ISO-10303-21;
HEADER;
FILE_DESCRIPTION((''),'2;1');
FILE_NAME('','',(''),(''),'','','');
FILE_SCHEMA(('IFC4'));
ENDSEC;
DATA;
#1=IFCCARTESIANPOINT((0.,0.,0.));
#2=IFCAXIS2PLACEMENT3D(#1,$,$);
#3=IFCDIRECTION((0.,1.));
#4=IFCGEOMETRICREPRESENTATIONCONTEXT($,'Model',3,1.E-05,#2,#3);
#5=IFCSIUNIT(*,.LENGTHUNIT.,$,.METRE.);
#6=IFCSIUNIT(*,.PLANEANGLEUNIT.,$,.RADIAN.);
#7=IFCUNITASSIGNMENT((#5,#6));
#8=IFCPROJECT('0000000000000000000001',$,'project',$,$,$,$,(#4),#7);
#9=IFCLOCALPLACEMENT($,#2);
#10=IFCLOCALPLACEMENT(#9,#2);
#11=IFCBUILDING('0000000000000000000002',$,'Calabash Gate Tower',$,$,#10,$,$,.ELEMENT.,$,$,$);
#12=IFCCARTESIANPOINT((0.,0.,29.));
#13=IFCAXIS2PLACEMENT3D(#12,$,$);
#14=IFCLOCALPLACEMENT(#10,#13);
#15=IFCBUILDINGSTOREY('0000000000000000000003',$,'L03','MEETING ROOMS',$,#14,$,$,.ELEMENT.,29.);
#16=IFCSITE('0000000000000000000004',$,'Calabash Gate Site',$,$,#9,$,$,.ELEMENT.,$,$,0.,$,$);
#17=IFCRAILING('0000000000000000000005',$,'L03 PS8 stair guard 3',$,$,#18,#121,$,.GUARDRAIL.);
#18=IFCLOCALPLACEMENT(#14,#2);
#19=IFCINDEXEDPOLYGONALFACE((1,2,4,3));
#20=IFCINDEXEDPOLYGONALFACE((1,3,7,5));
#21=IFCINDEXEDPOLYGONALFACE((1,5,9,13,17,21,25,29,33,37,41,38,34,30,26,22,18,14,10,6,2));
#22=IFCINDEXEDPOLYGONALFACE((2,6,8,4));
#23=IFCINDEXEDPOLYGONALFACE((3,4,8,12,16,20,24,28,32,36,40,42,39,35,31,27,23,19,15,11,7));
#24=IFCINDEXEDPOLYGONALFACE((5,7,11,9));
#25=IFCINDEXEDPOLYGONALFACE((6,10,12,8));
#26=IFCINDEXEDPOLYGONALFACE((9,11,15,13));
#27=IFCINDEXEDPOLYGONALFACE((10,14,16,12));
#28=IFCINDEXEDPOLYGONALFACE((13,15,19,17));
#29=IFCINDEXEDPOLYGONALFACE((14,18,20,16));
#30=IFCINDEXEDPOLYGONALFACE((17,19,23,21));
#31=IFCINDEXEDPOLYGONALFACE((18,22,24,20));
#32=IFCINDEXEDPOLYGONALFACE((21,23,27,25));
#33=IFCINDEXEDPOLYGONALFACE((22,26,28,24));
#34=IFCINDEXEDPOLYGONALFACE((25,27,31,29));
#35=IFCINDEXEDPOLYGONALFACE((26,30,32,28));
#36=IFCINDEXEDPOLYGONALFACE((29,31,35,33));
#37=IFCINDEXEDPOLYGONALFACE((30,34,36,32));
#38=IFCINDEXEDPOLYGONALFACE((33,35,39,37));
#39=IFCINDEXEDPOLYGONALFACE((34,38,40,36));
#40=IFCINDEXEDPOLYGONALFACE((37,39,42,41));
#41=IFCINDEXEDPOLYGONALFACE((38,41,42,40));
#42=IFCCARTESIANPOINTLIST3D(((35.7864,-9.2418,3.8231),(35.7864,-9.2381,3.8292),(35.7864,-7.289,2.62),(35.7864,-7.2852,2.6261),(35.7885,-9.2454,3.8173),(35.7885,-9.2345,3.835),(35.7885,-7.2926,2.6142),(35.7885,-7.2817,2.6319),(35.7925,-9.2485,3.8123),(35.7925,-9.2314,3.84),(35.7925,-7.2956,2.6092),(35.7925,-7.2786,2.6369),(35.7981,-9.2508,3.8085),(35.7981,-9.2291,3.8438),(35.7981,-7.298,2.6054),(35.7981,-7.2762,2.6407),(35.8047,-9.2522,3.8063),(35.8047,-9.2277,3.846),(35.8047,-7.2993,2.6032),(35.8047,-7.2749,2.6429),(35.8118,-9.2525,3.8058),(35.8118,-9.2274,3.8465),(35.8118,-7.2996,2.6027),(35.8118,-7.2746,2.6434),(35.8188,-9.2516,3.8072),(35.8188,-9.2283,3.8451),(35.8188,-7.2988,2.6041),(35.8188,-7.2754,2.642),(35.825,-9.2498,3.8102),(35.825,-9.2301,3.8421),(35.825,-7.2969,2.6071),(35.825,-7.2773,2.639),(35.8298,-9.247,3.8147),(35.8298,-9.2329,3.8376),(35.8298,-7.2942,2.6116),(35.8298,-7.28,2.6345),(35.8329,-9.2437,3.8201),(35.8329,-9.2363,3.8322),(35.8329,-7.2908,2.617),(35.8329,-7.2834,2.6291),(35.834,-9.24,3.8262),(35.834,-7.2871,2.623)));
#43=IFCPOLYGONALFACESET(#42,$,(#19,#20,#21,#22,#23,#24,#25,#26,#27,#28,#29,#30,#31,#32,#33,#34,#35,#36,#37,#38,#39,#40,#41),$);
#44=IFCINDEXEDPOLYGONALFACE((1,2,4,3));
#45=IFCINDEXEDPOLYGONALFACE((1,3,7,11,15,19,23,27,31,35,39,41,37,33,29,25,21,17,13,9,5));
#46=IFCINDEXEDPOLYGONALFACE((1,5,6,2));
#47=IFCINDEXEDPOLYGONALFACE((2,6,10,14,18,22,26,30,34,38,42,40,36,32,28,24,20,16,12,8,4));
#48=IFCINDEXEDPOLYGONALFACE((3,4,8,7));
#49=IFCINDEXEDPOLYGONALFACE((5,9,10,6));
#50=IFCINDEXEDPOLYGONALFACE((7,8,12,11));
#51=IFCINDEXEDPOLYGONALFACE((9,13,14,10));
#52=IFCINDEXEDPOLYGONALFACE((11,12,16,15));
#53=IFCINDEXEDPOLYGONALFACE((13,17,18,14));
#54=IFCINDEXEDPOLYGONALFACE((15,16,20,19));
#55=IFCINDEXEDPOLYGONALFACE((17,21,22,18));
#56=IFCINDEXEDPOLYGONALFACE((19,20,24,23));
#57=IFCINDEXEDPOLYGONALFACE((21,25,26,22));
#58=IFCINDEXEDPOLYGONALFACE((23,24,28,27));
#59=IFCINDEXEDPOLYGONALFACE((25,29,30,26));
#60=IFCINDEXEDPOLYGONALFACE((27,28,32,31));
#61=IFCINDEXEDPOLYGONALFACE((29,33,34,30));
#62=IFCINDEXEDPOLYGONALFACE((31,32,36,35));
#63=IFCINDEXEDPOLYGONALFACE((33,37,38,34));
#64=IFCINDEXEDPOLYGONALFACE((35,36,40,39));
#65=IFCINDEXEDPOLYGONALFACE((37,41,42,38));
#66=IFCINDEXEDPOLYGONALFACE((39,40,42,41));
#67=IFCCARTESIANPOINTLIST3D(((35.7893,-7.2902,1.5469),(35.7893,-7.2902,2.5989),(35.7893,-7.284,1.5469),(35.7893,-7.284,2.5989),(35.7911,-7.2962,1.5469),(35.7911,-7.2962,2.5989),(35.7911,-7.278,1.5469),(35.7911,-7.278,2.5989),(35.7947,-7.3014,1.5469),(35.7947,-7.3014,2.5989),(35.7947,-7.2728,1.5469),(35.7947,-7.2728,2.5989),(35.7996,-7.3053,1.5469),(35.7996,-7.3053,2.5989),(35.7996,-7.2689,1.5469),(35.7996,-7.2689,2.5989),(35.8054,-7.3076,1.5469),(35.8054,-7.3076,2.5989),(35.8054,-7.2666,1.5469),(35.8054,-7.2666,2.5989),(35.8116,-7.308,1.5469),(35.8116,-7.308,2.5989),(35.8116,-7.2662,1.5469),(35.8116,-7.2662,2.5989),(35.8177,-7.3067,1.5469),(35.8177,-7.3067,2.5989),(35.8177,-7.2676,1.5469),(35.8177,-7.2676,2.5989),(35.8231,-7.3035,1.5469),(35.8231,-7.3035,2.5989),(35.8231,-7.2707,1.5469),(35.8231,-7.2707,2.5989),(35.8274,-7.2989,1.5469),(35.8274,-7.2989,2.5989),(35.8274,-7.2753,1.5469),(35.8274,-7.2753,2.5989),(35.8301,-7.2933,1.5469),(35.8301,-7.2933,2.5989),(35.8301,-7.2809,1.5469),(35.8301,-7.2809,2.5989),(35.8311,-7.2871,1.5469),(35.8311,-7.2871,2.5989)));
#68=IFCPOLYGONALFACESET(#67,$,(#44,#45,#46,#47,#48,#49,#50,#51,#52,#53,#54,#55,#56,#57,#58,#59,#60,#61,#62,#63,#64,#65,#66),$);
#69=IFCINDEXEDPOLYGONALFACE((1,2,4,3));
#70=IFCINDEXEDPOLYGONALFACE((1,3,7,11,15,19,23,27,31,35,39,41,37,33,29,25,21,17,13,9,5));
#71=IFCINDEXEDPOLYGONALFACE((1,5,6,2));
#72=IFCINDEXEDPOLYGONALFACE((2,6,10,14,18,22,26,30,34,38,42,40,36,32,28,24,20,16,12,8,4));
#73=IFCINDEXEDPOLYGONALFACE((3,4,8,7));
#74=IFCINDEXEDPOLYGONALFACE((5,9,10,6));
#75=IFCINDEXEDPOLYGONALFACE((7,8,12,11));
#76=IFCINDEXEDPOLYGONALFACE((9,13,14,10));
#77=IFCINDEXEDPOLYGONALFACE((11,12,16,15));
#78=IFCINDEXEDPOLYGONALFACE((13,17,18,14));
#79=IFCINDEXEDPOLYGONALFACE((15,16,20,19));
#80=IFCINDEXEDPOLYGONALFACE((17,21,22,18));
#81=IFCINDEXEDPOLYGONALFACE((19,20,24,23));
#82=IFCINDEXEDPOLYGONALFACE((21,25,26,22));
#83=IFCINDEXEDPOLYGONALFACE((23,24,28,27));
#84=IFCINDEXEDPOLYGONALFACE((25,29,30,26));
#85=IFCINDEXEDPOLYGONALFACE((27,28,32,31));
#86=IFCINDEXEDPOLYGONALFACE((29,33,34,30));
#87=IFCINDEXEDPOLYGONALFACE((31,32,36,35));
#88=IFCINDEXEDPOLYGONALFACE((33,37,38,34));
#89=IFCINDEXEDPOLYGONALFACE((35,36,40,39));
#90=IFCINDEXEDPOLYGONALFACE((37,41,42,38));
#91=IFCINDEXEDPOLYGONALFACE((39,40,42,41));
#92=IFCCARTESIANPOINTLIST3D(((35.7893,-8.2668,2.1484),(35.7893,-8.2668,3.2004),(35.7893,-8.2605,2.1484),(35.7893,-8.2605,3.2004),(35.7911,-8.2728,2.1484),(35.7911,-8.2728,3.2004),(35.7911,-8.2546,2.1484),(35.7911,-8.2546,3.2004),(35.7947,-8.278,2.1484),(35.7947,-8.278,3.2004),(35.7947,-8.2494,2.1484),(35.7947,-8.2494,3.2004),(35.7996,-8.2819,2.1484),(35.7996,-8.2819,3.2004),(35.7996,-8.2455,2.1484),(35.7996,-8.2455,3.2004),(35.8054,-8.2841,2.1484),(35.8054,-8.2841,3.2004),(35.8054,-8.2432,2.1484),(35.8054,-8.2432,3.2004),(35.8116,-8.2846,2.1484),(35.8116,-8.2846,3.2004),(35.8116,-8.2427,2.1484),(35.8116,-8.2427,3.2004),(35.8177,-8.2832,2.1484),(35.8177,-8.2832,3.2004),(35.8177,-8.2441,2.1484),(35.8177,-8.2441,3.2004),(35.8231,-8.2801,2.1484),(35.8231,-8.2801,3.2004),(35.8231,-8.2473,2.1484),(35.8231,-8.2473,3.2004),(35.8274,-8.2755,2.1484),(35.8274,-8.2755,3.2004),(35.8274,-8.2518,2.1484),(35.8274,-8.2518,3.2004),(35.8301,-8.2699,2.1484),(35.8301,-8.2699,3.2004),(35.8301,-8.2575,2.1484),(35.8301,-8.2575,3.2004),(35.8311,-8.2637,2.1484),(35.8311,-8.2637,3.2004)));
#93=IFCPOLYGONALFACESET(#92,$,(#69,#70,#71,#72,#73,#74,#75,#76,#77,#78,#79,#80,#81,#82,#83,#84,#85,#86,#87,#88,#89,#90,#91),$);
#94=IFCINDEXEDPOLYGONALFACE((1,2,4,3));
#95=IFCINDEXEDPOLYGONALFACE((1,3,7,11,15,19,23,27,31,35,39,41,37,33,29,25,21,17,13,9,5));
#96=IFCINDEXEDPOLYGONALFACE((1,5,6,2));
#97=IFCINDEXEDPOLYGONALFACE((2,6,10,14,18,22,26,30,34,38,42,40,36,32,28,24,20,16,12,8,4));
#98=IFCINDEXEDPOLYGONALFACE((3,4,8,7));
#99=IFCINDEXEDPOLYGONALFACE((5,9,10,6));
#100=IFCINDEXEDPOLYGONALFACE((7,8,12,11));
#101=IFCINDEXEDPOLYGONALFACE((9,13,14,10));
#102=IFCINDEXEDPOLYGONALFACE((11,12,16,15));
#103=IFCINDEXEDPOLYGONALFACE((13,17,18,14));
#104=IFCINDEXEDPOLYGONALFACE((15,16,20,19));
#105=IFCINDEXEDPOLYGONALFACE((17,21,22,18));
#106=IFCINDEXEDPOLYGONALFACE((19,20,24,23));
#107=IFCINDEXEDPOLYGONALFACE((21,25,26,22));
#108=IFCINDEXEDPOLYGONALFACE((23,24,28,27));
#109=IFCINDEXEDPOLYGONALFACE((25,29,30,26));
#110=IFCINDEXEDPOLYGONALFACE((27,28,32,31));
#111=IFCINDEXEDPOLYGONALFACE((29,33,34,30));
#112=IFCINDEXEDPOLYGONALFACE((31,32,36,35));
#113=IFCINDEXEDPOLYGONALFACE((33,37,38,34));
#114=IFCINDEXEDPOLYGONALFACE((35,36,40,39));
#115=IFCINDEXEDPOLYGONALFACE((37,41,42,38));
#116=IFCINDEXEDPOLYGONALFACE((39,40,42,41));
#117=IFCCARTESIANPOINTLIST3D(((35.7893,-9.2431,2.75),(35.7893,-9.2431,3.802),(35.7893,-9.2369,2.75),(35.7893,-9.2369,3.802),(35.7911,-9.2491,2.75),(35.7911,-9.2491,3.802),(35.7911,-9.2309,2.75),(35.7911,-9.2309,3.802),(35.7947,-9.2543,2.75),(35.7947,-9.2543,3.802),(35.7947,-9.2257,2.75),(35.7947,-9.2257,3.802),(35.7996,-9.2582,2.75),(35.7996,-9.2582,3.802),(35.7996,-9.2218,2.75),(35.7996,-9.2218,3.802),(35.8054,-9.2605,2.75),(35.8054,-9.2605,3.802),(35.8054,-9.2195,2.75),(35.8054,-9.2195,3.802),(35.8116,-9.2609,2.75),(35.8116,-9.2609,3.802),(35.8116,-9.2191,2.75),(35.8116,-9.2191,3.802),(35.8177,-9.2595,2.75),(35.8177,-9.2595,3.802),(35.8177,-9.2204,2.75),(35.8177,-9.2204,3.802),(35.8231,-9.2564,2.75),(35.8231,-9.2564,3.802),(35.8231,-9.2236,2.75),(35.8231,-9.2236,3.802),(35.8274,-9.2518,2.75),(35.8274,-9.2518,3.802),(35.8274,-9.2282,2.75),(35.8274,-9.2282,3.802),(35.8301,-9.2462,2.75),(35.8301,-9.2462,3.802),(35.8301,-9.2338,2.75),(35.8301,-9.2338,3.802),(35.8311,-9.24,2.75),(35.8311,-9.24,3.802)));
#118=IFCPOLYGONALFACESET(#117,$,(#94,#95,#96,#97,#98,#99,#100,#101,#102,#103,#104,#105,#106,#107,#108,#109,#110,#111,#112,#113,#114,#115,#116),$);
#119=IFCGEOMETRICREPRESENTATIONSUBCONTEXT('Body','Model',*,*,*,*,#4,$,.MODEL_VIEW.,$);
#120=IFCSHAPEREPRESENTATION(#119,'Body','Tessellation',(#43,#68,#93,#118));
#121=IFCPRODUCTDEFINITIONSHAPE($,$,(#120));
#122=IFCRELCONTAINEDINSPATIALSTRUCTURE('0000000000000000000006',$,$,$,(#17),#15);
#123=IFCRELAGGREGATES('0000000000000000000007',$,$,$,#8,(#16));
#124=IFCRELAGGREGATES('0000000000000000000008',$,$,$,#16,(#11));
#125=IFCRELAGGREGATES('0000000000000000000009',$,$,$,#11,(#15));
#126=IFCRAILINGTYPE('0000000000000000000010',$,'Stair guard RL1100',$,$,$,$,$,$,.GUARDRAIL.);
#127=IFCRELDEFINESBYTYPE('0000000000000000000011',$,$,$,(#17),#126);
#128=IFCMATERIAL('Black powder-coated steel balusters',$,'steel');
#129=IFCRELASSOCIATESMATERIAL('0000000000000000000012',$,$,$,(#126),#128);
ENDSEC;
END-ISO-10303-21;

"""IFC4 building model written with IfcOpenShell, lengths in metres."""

from ifc_helpers import new_model, si_unit, direction, frame, origin, origin_2d, place, context, subcontext, project, spatial, circle, extrude, material, type_object, element, save


model = new_model("IFC4")

# Units and contexts
model_context = context("Model", 3, precision=1e-05, world=origin(), true_north=direction((0.0, 1.0)))
body_context = subcontext(model_context, "Body", "Model", "MODEL_VIEW")
ifc_project = project(units=[si_unit("LENGTHUNIT", "METRE"), si_unit("PLANEANGLEUNIT", "RADIAN")], contexts=[model_context])

# Site, building, storey
site_placement = place(None, origin())
site = spatial("IfcSite", under=ifc_project, at=site_placement, Name="Calabash Gate Site", CompositionType="ELEMENT", RefElevation=0.0)
building_placement = place(site_placement, origin())
building = spatial("IfcBuilding", under=site, at=building_placement, Name="Calabash Gate Tower", CompositionType="ELEMENT")
storey_placement = place(building_placement, frame((0.0, 0.0, 29.0)))
storey = spatial("IfcBuildingStorey", under=building, at=storey_placement, Name="L03", Description="MEETING ROOMS", CompositionType="ELEMENT", Elevation=29.0)

# Railing
ifc_material_1 = material(Name="Black powder-coated steel balusters", Category="steel")
railing_type_1 = type_object("IfcRailingType", Name="Stair guard RL1100", PredefinedType="GUARDRAIL", material=ifc_material_1)
railing_1_placement = place(storey_placement, frame((35.8101, -7.2871, 1.5469)))
element("IfcRailing", 1, at=railing_1_placement, inside=storey, type_object=railing_type_1, Name="L03 PS8 stair guard 3", PredefinedType="GUARDRAIL", context=body_context, shape_type="SweptSolid", body=[
    extrude(circle(Radius=0.0239, at=origin_2d()), frame((0.0, 0.0, 1.0762), z_axis=(0.0, -0.851395, 0.524525), x_axis=(1.0, 0.0, 0.0)), (0.0, 0.0, 1.0), 2.2937),
    extrude(circle(Radius=0.021, at=origin_2d()), origin(), (0.0, 0.0, 1.0), 1.052),
    extrude(circle(Radius=0.021, at=origin_2d()), frame((0.0, -0.9766, 0.6016)), (0.0, 0.0, 1.0), 1.052),
    extrude(circle(Radius=0.021, at=origin_2d()), frame((0.0, -1.9529, 1.2031)), (0.0, 0.0, 1.0), 1.052),
])

save(model, "model.ifc")
